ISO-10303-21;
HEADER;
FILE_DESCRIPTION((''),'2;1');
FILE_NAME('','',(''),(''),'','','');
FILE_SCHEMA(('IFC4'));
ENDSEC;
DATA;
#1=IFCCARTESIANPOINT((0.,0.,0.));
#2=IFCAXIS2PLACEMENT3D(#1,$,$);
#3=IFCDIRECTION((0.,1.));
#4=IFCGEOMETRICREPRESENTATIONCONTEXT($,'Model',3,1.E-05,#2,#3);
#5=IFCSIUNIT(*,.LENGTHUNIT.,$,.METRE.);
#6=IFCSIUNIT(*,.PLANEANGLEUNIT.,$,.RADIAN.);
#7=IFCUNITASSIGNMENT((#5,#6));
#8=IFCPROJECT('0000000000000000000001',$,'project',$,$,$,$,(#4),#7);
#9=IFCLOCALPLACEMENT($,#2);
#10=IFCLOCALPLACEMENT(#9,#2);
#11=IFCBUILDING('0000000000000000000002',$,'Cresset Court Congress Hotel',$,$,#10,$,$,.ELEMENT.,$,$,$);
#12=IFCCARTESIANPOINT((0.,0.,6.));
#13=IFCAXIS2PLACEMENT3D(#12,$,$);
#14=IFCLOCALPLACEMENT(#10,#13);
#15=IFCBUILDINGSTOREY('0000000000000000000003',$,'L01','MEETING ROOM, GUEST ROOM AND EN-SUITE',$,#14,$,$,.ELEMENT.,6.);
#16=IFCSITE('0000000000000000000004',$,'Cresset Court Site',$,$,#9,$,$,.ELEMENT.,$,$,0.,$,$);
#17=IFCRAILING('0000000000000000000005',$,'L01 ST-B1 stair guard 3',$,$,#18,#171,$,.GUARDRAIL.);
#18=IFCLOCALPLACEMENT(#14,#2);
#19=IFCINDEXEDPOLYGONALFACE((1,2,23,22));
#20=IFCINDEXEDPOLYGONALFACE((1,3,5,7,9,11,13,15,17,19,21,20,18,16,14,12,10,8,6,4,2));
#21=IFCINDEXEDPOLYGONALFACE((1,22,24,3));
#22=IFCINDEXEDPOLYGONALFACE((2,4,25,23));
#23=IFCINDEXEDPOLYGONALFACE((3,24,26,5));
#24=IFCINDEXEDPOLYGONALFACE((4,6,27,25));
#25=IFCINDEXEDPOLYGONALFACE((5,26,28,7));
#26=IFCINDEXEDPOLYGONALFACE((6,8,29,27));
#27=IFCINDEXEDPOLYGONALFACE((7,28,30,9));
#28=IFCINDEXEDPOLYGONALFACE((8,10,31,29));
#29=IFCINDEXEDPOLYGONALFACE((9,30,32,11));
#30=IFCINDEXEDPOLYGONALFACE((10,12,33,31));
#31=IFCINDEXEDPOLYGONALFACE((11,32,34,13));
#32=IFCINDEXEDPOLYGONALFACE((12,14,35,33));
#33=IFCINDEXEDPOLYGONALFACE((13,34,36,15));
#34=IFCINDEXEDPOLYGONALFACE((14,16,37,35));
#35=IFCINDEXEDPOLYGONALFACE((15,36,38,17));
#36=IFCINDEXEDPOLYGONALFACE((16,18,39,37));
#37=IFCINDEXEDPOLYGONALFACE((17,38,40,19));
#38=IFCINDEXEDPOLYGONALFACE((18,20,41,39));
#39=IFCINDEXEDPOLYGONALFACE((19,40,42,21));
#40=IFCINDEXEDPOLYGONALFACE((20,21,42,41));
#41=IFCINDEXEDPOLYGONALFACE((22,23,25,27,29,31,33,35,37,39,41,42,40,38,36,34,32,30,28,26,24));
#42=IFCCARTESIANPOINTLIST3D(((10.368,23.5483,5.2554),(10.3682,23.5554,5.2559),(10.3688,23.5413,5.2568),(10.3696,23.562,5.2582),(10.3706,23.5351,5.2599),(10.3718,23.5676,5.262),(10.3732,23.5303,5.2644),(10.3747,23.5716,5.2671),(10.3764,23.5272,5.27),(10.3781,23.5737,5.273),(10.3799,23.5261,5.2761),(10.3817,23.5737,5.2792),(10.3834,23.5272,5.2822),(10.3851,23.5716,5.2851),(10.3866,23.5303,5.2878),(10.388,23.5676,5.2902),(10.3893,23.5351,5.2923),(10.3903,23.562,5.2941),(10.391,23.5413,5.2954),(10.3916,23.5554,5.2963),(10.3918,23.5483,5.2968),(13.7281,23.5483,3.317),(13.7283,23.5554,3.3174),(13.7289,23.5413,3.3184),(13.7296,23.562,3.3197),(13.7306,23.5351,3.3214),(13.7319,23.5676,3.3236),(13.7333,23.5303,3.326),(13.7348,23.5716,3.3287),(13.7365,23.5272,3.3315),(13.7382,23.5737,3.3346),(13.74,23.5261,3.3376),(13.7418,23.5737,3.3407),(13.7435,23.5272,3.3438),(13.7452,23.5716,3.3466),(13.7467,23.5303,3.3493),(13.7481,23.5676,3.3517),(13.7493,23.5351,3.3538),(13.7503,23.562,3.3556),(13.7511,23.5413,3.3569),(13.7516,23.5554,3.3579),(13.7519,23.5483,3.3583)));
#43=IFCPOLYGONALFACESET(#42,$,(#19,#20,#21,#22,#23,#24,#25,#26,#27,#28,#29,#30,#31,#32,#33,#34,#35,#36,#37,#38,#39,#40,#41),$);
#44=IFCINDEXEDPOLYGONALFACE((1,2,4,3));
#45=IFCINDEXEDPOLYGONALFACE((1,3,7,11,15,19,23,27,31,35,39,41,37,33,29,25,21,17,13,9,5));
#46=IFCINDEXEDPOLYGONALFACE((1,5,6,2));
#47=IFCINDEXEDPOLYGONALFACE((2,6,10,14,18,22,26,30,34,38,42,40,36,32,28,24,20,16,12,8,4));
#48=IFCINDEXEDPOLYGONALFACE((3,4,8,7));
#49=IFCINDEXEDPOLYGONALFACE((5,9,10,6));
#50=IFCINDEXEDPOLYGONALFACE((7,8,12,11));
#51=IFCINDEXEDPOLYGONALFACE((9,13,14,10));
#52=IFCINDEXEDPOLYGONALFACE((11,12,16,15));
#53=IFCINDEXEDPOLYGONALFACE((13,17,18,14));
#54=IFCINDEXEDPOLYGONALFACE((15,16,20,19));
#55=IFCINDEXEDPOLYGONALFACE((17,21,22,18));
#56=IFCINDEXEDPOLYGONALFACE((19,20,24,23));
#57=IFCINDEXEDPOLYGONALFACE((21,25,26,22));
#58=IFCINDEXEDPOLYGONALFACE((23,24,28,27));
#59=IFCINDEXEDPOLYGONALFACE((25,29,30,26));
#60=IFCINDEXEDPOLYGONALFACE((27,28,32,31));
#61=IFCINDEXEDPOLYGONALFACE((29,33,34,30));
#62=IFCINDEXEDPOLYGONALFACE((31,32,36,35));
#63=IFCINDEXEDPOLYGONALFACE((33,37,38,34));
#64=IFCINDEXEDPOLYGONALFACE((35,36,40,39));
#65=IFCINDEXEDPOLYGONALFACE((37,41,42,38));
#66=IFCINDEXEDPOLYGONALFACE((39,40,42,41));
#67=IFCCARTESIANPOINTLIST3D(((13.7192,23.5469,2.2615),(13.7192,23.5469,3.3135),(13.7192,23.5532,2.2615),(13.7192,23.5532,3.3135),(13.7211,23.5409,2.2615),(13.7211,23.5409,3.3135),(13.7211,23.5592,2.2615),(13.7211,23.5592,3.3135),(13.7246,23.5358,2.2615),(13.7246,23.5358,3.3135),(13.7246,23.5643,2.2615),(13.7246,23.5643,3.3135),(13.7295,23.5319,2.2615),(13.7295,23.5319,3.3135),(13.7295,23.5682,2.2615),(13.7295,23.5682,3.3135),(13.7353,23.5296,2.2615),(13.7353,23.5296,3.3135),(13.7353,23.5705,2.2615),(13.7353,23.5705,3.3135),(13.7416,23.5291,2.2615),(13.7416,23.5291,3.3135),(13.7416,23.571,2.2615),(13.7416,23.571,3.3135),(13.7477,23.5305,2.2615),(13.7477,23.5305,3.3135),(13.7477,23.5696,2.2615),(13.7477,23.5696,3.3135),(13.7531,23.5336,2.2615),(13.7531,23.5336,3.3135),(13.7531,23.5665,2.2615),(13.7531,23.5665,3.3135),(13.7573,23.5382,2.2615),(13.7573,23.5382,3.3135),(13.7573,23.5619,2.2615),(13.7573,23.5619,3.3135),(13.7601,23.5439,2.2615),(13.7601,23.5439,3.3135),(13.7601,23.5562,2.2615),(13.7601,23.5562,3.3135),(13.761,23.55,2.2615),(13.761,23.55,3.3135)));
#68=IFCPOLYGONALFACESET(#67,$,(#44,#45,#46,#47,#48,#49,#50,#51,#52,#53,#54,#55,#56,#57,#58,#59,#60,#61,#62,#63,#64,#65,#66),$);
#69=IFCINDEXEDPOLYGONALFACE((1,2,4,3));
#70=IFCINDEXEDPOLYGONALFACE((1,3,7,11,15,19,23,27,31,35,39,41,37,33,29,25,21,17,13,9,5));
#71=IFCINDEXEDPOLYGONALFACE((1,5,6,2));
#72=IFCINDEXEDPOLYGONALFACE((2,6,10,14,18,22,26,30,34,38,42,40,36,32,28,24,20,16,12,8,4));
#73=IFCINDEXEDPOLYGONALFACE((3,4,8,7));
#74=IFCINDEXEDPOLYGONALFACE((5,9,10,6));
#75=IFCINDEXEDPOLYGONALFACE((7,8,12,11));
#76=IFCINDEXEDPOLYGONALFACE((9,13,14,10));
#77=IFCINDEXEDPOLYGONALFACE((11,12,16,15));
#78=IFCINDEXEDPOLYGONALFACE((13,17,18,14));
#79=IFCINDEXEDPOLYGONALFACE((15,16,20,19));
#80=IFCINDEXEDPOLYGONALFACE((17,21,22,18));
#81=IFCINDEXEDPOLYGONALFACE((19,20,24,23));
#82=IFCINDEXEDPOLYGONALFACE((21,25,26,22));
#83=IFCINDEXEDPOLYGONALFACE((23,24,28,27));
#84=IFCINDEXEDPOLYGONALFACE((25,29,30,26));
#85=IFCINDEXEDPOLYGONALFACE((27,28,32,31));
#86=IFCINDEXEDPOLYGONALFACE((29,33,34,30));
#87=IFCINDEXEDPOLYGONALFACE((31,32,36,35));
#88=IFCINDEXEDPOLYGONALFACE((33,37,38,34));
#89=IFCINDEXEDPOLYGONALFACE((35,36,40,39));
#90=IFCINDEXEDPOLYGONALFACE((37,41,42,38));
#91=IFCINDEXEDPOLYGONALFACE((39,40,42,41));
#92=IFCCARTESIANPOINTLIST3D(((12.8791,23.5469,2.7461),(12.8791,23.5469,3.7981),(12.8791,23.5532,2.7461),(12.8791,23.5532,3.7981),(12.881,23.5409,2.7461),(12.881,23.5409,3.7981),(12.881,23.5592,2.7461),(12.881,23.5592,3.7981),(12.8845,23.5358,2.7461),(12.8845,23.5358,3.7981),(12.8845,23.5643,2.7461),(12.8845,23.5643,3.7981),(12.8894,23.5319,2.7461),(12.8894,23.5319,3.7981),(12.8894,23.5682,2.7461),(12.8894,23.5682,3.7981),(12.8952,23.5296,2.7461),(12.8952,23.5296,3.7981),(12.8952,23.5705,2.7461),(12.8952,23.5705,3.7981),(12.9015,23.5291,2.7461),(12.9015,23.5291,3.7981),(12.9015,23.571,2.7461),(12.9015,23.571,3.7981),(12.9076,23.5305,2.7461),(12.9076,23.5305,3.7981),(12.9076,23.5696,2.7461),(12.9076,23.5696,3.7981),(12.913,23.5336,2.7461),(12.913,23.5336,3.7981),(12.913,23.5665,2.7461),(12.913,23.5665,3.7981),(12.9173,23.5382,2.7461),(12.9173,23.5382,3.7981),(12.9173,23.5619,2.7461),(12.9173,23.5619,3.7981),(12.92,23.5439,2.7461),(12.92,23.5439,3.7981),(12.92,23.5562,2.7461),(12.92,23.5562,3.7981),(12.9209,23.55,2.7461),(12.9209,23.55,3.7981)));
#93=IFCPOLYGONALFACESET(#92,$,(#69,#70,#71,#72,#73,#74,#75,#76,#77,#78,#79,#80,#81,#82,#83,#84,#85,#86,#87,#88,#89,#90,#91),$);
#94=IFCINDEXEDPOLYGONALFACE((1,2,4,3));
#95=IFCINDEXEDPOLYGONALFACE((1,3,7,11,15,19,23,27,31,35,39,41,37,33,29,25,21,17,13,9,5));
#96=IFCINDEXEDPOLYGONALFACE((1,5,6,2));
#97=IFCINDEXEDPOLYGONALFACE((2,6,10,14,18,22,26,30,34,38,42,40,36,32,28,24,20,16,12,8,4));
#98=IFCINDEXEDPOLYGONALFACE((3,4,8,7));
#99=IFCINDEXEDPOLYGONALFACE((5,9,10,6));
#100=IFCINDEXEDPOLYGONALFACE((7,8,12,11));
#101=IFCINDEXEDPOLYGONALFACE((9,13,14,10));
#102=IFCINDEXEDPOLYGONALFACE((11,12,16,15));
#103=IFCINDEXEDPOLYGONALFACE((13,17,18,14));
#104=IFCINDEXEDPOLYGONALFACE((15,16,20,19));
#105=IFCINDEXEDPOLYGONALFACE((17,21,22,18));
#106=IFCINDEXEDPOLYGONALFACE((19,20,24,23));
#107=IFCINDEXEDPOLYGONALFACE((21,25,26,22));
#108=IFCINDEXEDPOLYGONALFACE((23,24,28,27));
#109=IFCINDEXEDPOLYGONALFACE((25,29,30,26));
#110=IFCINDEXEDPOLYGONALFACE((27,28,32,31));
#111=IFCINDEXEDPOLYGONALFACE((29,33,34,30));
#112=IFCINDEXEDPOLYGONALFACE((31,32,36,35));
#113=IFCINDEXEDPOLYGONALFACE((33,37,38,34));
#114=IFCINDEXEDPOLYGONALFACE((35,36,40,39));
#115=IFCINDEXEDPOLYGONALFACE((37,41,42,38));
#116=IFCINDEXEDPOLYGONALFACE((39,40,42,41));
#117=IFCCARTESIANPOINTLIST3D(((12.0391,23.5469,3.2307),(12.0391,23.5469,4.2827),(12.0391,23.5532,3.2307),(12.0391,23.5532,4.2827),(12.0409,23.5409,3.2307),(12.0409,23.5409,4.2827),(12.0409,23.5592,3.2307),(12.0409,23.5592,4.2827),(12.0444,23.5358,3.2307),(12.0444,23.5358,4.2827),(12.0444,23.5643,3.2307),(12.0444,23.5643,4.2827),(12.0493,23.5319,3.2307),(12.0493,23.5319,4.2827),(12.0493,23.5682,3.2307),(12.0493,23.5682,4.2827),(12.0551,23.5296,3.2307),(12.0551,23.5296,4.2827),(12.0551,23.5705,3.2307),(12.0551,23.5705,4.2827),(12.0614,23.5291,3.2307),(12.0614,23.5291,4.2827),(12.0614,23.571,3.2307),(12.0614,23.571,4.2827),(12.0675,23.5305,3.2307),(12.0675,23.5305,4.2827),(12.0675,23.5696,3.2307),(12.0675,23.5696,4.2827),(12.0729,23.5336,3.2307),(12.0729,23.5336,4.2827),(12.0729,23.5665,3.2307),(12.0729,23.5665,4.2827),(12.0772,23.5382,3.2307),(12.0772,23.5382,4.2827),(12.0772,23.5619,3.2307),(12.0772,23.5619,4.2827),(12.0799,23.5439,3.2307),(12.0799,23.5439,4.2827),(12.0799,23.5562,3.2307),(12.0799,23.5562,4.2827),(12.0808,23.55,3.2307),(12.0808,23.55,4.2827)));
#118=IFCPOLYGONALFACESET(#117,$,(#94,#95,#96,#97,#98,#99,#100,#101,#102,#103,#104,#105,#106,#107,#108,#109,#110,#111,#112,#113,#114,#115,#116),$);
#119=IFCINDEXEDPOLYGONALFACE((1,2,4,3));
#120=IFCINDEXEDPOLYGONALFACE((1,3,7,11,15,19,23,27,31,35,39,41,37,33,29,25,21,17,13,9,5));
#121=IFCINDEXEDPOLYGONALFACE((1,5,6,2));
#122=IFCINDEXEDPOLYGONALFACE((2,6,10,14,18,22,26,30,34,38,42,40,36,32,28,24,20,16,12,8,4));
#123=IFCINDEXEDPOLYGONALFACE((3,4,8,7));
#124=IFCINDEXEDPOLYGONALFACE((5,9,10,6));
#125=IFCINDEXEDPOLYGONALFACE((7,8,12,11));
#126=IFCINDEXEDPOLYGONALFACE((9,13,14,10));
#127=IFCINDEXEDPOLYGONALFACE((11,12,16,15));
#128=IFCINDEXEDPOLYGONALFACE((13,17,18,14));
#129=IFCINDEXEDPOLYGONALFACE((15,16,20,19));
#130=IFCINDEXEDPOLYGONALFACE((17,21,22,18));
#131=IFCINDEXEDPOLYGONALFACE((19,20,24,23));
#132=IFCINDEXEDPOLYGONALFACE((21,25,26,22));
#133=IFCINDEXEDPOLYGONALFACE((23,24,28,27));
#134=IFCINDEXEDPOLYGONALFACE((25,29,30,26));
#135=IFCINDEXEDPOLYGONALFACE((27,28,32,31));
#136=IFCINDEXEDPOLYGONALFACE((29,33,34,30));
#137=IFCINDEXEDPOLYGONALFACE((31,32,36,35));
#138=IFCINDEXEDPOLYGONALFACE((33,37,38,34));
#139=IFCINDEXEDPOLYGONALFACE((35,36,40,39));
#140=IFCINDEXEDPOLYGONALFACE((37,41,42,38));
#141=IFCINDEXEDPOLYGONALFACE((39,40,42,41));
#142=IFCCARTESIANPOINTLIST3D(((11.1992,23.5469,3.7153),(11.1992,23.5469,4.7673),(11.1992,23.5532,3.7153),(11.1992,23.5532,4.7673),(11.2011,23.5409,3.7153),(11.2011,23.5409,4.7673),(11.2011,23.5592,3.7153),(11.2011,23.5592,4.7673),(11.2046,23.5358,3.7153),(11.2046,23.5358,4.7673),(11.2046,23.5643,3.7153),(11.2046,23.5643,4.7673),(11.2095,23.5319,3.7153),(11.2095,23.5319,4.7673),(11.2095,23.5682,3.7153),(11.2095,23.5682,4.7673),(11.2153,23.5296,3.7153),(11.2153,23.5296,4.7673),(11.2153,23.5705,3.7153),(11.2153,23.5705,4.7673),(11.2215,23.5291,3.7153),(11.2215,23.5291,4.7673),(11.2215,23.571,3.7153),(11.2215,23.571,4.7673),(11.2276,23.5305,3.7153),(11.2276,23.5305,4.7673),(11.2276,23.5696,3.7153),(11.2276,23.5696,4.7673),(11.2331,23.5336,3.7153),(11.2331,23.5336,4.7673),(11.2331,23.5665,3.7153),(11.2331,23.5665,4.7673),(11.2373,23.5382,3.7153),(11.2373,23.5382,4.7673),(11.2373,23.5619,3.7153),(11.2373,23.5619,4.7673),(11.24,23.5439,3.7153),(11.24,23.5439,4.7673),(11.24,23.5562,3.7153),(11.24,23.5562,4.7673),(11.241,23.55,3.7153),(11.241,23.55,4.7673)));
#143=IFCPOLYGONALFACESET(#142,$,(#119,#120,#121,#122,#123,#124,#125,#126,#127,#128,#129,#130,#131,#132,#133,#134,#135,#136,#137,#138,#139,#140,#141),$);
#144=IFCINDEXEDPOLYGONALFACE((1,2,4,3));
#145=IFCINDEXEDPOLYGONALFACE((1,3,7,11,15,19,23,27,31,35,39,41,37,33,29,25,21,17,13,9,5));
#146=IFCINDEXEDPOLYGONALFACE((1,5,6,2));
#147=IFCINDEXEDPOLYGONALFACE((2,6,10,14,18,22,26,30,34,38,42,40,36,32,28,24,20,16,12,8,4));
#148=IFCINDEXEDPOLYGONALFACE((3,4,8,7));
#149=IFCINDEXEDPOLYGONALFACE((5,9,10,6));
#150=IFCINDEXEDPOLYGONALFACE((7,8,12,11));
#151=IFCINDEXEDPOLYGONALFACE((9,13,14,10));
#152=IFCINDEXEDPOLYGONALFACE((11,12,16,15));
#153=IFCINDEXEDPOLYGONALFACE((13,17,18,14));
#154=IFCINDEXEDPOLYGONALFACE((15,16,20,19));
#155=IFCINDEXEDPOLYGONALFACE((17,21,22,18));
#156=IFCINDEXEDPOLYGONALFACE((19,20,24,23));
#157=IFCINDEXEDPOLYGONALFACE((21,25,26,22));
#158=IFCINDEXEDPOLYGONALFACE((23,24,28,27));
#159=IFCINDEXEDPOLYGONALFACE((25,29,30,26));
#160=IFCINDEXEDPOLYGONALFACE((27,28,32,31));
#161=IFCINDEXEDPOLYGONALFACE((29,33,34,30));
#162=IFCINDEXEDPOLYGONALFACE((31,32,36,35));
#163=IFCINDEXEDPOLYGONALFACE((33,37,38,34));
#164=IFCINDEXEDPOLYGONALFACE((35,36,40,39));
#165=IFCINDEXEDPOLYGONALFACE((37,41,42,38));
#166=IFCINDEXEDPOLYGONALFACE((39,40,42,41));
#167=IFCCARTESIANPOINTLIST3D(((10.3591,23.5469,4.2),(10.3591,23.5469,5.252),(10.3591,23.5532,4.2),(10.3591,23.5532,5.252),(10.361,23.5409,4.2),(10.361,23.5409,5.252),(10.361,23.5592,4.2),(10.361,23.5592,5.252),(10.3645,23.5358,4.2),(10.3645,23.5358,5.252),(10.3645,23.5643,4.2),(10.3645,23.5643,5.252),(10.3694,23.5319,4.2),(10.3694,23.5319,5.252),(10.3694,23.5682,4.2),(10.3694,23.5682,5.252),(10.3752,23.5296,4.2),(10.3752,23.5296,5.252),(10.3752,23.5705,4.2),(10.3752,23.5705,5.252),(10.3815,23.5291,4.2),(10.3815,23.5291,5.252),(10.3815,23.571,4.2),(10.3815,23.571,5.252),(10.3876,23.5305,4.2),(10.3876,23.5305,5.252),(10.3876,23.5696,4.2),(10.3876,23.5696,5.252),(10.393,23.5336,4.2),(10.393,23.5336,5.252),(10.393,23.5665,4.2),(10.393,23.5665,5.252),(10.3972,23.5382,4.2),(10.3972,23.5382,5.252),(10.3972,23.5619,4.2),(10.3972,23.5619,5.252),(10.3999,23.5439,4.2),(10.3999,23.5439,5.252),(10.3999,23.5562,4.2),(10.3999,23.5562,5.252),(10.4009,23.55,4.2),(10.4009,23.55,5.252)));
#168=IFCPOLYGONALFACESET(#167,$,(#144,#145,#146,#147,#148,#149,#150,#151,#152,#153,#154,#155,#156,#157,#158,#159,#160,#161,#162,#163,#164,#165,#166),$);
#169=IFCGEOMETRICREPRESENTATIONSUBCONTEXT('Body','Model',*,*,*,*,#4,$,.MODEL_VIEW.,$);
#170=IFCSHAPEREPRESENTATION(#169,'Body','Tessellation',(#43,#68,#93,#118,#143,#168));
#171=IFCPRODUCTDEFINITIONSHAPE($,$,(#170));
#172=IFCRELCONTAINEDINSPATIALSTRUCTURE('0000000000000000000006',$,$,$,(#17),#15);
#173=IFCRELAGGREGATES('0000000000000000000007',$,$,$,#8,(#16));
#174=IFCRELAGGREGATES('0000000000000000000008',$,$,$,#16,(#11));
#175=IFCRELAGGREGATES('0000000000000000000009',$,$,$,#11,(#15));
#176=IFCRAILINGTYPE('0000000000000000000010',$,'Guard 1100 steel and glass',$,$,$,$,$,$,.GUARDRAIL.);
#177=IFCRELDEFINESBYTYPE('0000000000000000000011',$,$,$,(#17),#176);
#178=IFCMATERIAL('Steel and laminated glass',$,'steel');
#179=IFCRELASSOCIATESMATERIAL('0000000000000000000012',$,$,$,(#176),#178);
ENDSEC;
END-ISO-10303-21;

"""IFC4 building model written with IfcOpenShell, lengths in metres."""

from ifc_helpers import new_model, si_unit, direction, frame, origin, origin_2d, place, context, subcontext, project, spatial, circle, extrude, material, type_object, element, save


model = new_model("IFC4")

# Units and contexts
model_context = context("Model", 3, precision=1e-05, world=origin(), true_north=direction((0.0, 1.0)))
body_context = subcontext(model_context, "Body", "Model", "MODEL_VIEW")
ifc_project = project(units=[si_unit("LENGTHUNIT", "METRE"), si_unit("PLANEANGLEUNIT", "RADIAN")], contexts=[model_context])

# Site, building, storey
site_placement = place(None, origin())
site = spatial("IfcSite", under=ifc_project, at=site_placement, Name="Cresset Court Site", CompositionType="ELEMENT", RefElevation=0.0)
building_placement = place(site_placement, origin())
building = spatial("IfcBuilding", under=site, at=building_placement, Name="Cresset Court Congress Hotel", CompositionType="ELEMENT")
storey_placement = place(building_placement, frame((0.0, 0.0, 6.0)))
storey = spatial("IfcBuildingStorey", under=building, at=storey_placement, Name="L01", Description="MEETING ROOM, GUEST ROOM AND EN-SUITE", CompositionType="ELEMENT", Elevation=6.0)

# Railing
ifc_material_1 = material(Name="Steel and laminated glass", Category="steel")
railing_type_1 = type_object("IfcRailingType", Name="Guard 1100 steel and glass", PredefinedType="GUARDRAIL", material=ifc_material_1)
railing_1_placement = place(storey_placement, frame((13.74, 23.55, 2.2615)))
element("IfcRailing", 1, at=railing_1_placement, inside=storey, type_object=railing_type_1, Name="L01 ST-B1 stair guard 3", PredefinedType="GUARDRAIL", context=body_context, shape_type="SweptSolid", body=[
    extrude(circle(Radius=0.0239, at=origin_2d()), frame((0.0, 0.0, 1.0762), z_axis=(-0.866191, 0.0, 0.499713), x_axis=(0.0, -1.0, 0.0)), (0.0, 0.0, 1.0), 3.8792),
    extrude(circle(Radius=0.021, at=origin_2d()), origin(), (0.0, 0.0, 1.0), 1.052),
    extrude(circle(Radius=0.021, at=origin_2d()), frame((-0.8401, 0.0, 0.4846)), (0.0, 0.0, 1.0), 1.052),
    extrude(circle(Radius=0.021, at=origin_2d()), frame((-1.6802, 0.0, 0.9692)), (0.0, 0.0, 1.0), 1.052),
    extrude(circle(Radius=0.021, at=origin_2d()), frame((-2.52, 0.0, 1.4539)), (0.0, 0.0, 1.0), 1.052),
    extrude(circle(Radius=0.021, at=origin_2d()), frame((-3.3601, 0.0, 1.9385)), (0.0, 0.0, 1.0), 1.052),
])

save(model, "model.ifc")
